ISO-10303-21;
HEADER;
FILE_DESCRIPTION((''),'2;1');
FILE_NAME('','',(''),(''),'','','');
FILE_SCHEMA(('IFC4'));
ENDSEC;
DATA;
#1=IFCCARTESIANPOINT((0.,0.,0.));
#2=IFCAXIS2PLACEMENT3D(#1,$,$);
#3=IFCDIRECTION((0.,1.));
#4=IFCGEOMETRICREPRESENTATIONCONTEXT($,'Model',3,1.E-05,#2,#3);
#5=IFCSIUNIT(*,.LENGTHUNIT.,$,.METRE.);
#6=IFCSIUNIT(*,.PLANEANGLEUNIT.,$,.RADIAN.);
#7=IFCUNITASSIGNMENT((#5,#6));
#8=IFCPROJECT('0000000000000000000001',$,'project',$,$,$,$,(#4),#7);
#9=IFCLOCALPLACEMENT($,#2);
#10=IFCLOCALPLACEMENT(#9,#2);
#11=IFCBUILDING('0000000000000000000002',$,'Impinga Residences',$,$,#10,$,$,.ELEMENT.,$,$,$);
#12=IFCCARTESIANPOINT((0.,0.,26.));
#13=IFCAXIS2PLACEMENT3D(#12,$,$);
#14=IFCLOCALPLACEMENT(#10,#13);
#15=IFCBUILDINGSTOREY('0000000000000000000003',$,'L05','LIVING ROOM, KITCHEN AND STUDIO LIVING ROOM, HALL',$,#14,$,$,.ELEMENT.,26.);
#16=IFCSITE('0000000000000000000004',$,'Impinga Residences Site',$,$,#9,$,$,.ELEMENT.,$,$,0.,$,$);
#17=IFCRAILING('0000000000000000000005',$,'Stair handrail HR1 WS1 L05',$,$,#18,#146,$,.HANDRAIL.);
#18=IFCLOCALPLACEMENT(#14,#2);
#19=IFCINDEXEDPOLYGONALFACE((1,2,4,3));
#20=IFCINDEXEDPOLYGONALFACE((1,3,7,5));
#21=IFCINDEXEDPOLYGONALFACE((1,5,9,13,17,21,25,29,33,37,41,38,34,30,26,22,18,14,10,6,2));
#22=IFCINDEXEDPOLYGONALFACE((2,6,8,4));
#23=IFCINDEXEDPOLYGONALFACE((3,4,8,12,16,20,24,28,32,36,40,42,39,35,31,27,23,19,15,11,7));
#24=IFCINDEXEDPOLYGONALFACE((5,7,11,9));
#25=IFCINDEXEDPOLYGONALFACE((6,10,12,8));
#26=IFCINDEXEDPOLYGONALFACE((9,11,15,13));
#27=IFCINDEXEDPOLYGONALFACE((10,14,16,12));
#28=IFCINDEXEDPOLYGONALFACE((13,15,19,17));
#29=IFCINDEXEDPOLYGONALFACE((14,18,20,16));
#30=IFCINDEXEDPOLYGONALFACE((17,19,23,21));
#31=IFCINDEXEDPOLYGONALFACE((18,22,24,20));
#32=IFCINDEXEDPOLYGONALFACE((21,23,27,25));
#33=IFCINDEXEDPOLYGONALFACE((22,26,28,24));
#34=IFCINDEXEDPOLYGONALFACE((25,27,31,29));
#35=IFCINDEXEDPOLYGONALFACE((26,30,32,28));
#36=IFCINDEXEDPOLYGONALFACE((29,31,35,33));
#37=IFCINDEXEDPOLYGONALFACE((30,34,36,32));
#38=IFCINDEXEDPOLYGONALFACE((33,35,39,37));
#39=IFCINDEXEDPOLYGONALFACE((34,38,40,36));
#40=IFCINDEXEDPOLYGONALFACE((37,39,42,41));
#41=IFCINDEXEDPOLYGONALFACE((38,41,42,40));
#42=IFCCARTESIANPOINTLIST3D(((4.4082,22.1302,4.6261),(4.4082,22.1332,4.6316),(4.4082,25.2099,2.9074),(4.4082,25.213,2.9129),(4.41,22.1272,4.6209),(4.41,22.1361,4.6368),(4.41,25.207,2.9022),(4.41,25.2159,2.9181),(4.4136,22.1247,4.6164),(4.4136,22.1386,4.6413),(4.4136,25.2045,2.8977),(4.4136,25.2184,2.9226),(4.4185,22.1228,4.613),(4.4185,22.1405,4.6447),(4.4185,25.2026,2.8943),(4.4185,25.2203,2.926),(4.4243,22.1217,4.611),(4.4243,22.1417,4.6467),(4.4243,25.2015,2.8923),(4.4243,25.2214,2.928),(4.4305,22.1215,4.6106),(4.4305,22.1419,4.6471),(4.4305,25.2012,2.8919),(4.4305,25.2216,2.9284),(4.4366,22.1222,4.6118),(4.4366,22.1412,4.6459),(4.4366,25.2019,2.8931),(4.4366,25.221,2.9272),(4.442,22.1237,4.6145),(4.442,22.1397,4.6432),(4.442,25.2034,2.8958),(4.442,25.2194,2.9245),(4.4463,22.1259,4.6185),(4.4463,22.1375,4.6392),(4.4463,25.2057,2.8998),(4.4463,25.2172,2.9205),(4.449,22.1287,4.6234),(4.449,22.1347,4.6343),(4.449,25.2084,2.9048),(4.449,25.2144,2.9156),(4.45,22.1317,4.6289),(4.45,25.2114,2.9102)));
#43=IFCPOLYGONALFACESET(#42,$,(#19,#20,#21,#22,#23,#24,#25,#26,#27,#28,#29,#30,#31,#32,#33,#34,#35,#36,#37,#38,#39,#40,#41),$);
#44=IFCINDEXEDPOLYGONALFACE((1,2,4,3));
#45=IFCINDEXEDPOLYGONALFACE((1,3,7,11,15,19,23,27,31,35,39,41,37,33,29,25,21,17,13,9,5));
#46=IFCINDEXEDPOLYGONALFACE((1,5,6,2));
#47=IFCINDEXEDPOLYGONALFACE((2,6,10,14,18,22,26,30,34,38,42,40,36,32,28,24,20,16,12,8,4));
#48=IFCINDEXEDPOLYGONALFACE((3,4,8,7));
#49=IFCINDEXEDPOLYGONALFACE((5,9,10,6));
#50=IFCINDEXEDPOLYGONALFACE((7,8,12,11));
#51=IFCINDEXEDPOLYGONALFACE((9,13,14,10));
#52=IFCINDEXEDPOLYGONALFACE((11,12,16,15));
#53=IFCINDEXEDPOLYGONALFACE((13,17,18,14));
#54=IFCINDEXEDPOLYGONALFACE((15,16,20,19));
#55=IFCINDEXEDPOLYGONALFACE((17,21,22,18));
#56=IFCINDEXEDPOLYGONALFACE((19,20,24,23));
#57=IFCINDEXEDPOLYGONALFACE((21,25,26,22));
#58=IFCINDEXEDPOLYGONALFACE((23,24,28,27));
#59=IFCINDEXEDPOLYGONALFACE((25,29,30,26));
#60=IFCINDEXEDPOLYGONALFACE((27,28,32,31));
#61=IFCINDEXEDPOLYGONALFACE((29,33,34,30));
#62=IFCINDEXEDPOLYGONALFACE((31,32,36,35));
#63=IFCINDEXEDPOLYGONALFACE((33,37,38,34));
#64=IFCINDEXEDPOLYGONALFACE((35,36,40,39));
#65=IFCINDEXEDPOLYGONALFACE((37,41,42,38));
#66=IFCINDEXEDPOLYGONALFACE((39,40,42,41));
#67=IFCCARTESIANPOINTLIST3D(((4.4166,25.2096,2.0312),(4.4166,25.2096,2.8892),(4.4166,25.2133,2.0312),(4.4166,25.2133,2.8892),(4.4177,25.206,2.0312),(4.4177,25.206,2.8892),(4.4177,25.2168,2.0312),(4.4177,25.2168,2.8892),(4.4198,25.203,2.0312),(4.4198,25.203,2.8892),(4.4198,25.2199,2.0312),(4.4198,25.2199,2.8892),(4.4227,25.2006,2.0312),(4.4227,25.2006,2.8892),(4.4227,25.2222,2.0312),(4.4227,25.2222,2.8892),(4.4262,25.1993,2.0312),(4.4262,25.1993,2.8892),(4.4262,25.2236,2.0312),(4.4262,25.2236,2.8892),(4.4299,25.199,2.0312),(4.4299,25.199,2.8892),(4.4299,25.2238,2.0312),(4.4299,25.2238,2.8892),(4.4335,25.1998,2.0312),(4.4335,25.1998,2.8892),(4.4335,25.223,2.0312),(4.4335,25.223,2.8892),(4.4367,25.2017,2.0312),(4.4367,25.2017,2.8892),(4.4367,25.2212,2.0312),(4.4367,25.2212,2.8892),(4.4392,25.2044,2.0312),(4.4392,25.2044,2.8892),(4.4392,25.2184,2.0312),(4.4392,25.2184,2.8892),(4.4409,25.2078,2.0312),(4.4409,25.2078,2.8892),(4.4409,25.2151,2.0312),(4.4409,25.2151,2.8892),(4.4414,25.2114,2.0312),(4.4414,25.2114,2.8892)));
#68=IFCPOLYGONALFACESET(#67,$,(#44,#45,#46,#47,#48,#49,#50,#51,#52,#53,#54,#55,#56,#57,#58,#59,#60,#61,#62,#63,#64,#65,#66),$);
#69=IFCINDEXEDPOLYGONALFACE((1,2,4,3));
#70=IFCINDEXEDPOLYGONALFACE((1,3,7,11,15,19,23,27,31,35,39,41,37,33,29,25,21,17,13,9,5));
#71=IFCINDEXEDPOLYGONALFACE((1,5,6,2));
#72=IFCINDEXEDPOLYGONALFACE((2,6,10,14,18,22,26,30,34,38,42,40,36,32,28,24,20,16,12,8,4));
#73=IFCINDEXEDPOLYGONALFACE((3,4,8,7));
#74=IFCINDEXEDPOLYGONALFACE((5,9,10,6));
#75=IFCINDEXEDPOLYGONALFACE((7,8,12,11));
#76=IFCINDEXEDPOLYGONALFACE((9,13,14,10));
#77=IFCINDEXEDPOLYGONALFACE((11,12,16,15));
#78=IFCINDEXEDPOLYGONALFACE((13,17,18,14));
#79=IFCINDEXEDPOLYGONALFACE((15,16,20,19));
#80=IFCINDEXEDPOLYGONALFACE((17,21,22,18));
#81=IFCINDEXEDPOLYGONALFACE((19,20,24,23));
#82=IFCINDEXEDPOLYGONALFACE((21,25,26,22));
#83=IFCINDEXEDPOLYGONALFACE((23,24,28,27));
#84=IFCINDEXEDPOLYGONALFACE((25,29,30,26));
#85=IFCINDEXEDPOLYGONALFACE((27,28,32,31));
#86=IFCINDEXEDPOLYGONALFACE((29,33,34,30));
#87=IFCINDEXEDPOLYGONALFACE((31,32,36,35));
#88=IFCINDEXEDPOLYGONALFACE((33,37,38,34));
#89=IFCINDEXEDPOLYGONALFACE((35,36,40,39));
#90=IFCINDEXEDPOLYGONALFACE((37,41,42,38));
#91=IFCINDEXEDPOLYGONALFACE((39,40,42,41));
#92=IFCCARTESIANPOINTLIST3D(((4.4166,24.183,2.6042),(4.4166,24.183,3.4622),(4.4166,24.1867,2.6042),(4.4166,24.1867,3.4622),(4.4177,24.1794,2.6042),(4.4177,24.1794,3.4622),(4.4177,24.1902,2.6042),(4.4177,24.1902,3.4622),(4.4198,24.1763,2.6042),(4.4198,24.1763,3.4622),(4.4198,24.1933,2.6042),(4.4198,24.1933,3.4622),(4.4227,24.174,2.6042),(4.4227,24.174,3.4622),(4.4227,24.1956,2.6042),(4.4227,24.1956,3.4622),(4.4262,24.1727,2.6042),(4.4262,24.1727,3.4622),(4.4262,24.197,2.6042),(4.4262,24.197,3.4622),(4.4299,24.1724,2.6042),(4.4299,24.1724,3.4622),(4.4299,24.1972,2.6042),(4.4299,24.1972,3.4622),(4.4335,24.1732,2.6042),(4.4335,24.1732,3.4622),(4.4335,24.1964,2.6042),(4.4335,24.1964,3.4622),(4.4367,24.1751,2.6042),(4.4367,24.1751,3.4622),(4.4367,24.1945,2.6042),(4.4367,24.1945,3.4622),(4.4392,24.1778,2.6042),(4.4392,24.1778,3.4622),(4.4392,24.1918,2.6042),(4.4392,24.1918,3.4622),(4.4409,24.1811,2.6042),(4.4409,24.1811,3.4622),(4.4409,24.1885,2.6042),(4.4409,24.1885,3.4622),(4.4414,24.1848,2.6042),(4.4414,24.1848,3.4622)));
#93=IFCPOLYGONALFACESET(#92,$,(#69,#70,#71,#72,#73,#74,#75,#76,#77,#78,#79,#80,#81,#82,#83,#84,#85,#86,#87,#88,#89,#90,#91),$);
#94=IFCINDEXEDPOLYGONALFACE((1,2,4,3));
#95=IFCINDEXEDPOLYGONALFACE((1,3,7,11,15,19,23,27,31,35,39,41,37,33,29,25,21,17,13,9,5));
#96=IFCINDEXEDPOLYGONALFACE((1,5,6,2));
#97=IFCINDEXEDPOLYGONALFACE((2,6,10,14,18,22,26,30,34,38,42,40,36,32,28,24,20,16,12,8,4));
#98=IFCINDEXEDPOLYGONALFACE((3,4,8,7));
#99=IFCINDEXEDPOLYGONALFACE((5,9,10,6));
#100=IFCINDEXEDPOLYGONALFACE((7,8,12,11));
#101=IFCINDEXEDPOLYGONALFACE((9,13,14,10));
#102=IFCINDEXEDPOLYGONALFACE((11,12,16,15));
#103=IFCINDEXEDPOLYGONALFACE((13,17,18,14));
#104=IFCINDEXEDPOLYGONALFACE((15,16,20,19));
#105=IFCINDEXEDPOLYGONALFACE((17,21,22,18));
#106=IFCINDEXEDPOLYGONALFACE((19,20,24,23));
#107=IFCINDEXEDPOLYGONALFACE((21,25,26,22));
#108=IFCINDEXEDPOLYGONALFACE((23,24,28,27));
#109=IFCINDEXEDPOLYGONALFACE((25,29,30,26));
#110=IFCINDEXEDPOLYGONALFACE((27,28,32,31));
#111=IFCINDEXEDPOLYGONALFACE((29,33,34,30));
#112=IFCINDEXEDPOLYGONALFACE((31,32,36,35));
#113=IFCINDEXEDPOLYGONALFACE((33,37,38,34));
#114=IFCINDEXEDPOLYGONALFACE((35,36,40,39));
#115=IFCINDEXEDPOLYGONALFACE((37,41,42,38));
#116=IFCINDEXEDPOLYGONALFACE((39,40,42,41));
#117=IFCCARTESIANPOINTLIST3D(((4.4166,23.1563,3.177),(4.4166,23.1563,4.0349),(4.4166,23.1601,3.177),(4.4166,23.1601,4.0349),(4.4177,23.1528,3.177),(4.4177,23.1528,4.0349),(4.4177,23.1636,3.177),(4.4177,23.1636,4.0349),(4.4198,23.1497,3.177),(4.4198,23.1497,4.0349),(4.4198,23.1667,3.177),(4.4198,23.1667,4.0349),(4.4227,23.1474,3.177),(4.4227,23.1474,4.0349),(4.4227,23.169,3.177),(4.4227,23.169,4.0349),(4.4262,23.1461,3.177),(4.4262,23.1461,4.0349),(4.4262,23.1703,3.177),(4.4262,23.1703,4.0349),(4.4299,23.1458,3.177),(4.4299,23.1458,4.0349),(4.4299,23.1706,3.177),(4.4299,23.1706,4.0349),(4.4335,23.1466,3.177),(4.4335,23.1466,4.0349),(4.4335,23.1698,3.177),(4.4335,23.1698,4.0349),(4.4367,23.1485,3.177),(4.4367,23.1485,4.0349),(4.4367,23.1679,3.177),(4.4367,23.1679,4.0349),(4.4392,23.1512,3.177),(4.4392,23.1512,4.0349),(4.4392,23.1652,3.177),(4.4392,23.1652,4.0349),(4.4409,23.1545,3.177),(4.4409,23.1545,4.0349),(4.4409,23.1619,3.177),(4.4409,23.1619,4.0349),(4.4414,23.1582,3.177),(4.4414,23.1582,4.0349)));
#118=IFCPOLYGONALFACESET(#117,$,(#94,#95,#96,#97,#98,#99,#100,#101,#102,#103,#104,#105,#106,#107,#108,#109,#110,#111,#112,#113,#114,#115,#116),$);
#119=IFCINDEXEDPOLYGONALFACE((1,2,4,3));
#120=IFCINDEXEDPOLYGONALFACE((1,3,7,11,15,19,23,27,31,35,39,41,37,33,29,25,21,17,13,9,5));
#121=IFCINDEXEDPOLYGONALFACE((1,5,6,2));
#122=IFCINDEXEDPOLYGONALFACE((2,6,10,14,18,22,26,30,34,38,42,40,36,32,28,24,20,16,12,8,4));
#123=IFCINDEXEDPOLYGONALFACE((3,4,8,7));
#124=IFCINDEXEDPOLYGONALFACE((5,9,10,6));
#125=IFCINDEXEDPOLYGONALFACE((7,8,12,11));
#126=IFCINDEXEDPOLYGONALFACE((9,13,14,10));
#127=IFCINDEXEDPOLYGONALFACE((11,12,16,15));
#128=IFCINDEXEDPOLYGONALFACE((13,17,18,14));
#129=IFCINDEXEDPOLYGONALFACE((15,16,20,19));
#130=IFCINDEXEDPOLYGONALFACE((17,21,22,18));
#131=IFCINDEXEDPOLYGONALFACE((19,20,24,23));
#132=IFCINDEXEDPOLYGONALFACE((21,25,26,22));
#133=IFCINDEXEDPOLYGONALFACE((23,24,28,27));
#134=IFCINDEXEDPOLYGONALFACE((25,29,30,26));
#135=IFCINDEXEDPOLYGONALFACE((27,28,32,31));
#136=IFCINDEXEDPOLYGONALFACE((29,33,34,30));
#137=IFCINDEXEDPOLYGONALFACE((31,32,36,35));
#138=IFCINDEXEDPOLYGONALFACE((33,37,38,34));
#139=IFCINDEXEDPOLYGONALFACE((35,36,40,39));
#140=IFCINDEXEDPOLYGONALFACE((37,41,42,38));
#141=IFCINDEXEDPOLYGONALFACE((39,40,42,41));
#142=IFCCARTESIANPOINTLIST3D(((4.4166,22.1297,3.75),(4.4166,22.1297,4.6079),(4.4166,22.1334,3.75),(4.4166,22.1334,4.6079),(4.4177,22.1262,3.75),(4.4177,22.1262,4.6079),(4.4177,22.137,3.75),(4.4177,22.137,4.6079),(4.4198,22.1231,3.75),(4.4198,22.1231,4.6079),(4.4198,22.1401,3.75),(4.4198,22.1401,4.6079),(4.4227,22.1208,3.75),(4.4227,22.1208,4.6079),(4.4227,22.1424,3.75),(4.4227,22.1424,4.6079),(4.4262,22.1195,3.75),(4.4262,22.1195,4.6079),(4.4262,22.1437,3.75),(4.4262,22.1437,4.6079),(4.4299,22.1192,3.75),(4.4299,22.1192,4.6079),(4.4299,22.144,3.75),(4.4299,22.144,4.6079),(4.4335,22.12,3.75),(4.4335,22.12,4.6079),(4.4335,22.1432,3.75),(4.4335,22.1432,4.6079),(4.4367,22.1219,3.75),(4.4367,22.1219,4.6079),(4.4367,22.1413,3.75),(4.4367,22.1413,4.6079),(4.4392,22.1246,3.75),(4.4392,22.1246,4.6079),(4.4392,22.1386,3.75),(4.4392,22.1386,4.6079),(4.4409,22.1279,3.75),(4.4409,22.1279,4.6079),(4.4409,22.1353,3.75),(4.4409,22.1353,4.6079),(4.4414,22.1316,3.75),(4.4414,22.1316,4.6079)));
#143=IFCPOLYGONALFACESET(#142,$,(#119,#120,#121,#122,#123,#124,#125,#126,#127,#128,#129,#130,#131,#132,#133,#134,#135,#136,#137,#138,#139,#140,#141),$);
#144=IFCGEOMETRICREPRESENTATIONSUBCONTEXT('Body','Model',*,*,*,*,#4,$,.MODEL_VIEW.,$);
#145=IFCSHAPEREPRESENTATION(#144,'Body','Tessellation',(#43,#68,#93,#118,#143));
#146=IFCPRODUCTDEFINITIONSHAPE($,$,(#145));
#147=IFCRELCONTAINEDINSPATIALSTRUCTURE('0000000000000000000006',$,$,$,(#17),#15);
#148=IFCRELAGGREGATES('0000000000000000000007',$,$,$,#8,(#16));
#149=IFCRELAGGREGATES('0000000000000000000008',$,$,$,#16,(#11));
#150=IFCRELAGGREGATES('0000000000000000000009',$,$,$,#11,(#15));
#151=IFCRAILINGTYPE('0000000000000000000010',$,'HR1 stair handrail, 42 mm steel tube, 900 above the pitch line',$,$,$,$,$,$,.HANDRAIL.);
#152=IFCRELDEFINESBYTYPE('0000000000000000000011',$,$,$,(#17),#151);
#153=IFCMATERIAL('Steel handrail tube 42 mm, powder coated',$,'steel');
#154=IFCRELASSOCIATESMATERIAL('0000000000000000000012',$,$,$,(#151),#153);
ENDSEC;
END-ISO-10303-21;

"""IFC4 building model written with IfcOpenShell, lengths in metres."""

from ifc_helpers import new_model, si_unit, direction, frame, origin, origin_2d, place, context, subcontext, project, spatial, circle, extrude, material, type_object, element, save


model = new_model("IFC4")

# Units and contexts
model_context = context("Model", 3, precision=1e-05, world=origin(), true_north=direction((0.0, 1.0)))
body_context = subcontext(model_context, "Body", "Model", "MODEL_VIEW")
ifc_project = project(units=[si_unit("LENGTHUNIT", "METRE"), si_unit("PLANEANGLEUNIT", "RADIAN")], contexts=[model_context])

# Site, building, storey
site_placement = place(None, origin())
site = spatial("IfcSite", under=ifc_project, at=site_placement, Name="Impinga Residences Site", CompositionType="ELEMENT", RefElevation=0.0)
building_placement = place(site_placement, origin())
building = spatial("IfcBuilding", under=site, at=building_placement, Name="Impinga Residences", CompositionType="ELEMENT")
storey_placement = place(building_placement, frame((0.0, 0.0, 26.0)))
storey = spatial("IfcBuildingStorey", under=building, at=storey_placement, Name="L05", Description="LIVING ROOM, KITCHEN AND STUDIO LIVING ROOM, HALL", CompositionType="ELEMENT", Elevation=26.0)

# Railing
ifc_material_1 = material(Name="Steel handrail tube 42 mm, powder coated", Category="steel")
railing_type_1 = type_object("IfcRailingType", Name="HR1 stair handrail, 42 mm steel tube, 900 above the pitch line", PredefinedType="HANDRAIL", material=ifc_material_1)
railing_1_placement = place(storey_placement, frame((4.429, 25.2114, 2.0312)))
element("IfcRailing", 1, at=railing_1_placement, inside=storey, type_object=railing_type_1, Name="Stair handrail HR1 WS1 L05", PredefinedType="HANDRAIL", context=body_context, shape_type="SweptSolid", body=[
    extrude(circle(Radius=0.021, at=origin_2d()), frame((0.0, 0.0, 0.8789), z_axis=(0.0, -0.873225, 0.487317), x_axis=(1.0, 0.0, 0.0)), (0.0, 0.0, 1.0), 3.5269),
    extrude(circle(Radius=0.0125, at=origin_2d()), origin(), (0.0, 0.0, 1.0), 0.8579),
    extrude(circle(Radius=0.0125, at=origin_2d()), frame((0.0, -1.0266, 0.573)), (0.0, 0.0, 1.0), 0.8579),
    extrude(circle(Radius=0.0125, at=origin_2d()), frame((0.0, -2.0532, 1.1458)), (0.0, 0.0, 1.0), 0.8579),
    extrude(circle(Radius=0.0125, at=origin_2d()), frame((0.0, -3.0798, 1.7188)), (0.0, 0.0, 1.0), 0.8579),
])

save(model, "model.ifc")
